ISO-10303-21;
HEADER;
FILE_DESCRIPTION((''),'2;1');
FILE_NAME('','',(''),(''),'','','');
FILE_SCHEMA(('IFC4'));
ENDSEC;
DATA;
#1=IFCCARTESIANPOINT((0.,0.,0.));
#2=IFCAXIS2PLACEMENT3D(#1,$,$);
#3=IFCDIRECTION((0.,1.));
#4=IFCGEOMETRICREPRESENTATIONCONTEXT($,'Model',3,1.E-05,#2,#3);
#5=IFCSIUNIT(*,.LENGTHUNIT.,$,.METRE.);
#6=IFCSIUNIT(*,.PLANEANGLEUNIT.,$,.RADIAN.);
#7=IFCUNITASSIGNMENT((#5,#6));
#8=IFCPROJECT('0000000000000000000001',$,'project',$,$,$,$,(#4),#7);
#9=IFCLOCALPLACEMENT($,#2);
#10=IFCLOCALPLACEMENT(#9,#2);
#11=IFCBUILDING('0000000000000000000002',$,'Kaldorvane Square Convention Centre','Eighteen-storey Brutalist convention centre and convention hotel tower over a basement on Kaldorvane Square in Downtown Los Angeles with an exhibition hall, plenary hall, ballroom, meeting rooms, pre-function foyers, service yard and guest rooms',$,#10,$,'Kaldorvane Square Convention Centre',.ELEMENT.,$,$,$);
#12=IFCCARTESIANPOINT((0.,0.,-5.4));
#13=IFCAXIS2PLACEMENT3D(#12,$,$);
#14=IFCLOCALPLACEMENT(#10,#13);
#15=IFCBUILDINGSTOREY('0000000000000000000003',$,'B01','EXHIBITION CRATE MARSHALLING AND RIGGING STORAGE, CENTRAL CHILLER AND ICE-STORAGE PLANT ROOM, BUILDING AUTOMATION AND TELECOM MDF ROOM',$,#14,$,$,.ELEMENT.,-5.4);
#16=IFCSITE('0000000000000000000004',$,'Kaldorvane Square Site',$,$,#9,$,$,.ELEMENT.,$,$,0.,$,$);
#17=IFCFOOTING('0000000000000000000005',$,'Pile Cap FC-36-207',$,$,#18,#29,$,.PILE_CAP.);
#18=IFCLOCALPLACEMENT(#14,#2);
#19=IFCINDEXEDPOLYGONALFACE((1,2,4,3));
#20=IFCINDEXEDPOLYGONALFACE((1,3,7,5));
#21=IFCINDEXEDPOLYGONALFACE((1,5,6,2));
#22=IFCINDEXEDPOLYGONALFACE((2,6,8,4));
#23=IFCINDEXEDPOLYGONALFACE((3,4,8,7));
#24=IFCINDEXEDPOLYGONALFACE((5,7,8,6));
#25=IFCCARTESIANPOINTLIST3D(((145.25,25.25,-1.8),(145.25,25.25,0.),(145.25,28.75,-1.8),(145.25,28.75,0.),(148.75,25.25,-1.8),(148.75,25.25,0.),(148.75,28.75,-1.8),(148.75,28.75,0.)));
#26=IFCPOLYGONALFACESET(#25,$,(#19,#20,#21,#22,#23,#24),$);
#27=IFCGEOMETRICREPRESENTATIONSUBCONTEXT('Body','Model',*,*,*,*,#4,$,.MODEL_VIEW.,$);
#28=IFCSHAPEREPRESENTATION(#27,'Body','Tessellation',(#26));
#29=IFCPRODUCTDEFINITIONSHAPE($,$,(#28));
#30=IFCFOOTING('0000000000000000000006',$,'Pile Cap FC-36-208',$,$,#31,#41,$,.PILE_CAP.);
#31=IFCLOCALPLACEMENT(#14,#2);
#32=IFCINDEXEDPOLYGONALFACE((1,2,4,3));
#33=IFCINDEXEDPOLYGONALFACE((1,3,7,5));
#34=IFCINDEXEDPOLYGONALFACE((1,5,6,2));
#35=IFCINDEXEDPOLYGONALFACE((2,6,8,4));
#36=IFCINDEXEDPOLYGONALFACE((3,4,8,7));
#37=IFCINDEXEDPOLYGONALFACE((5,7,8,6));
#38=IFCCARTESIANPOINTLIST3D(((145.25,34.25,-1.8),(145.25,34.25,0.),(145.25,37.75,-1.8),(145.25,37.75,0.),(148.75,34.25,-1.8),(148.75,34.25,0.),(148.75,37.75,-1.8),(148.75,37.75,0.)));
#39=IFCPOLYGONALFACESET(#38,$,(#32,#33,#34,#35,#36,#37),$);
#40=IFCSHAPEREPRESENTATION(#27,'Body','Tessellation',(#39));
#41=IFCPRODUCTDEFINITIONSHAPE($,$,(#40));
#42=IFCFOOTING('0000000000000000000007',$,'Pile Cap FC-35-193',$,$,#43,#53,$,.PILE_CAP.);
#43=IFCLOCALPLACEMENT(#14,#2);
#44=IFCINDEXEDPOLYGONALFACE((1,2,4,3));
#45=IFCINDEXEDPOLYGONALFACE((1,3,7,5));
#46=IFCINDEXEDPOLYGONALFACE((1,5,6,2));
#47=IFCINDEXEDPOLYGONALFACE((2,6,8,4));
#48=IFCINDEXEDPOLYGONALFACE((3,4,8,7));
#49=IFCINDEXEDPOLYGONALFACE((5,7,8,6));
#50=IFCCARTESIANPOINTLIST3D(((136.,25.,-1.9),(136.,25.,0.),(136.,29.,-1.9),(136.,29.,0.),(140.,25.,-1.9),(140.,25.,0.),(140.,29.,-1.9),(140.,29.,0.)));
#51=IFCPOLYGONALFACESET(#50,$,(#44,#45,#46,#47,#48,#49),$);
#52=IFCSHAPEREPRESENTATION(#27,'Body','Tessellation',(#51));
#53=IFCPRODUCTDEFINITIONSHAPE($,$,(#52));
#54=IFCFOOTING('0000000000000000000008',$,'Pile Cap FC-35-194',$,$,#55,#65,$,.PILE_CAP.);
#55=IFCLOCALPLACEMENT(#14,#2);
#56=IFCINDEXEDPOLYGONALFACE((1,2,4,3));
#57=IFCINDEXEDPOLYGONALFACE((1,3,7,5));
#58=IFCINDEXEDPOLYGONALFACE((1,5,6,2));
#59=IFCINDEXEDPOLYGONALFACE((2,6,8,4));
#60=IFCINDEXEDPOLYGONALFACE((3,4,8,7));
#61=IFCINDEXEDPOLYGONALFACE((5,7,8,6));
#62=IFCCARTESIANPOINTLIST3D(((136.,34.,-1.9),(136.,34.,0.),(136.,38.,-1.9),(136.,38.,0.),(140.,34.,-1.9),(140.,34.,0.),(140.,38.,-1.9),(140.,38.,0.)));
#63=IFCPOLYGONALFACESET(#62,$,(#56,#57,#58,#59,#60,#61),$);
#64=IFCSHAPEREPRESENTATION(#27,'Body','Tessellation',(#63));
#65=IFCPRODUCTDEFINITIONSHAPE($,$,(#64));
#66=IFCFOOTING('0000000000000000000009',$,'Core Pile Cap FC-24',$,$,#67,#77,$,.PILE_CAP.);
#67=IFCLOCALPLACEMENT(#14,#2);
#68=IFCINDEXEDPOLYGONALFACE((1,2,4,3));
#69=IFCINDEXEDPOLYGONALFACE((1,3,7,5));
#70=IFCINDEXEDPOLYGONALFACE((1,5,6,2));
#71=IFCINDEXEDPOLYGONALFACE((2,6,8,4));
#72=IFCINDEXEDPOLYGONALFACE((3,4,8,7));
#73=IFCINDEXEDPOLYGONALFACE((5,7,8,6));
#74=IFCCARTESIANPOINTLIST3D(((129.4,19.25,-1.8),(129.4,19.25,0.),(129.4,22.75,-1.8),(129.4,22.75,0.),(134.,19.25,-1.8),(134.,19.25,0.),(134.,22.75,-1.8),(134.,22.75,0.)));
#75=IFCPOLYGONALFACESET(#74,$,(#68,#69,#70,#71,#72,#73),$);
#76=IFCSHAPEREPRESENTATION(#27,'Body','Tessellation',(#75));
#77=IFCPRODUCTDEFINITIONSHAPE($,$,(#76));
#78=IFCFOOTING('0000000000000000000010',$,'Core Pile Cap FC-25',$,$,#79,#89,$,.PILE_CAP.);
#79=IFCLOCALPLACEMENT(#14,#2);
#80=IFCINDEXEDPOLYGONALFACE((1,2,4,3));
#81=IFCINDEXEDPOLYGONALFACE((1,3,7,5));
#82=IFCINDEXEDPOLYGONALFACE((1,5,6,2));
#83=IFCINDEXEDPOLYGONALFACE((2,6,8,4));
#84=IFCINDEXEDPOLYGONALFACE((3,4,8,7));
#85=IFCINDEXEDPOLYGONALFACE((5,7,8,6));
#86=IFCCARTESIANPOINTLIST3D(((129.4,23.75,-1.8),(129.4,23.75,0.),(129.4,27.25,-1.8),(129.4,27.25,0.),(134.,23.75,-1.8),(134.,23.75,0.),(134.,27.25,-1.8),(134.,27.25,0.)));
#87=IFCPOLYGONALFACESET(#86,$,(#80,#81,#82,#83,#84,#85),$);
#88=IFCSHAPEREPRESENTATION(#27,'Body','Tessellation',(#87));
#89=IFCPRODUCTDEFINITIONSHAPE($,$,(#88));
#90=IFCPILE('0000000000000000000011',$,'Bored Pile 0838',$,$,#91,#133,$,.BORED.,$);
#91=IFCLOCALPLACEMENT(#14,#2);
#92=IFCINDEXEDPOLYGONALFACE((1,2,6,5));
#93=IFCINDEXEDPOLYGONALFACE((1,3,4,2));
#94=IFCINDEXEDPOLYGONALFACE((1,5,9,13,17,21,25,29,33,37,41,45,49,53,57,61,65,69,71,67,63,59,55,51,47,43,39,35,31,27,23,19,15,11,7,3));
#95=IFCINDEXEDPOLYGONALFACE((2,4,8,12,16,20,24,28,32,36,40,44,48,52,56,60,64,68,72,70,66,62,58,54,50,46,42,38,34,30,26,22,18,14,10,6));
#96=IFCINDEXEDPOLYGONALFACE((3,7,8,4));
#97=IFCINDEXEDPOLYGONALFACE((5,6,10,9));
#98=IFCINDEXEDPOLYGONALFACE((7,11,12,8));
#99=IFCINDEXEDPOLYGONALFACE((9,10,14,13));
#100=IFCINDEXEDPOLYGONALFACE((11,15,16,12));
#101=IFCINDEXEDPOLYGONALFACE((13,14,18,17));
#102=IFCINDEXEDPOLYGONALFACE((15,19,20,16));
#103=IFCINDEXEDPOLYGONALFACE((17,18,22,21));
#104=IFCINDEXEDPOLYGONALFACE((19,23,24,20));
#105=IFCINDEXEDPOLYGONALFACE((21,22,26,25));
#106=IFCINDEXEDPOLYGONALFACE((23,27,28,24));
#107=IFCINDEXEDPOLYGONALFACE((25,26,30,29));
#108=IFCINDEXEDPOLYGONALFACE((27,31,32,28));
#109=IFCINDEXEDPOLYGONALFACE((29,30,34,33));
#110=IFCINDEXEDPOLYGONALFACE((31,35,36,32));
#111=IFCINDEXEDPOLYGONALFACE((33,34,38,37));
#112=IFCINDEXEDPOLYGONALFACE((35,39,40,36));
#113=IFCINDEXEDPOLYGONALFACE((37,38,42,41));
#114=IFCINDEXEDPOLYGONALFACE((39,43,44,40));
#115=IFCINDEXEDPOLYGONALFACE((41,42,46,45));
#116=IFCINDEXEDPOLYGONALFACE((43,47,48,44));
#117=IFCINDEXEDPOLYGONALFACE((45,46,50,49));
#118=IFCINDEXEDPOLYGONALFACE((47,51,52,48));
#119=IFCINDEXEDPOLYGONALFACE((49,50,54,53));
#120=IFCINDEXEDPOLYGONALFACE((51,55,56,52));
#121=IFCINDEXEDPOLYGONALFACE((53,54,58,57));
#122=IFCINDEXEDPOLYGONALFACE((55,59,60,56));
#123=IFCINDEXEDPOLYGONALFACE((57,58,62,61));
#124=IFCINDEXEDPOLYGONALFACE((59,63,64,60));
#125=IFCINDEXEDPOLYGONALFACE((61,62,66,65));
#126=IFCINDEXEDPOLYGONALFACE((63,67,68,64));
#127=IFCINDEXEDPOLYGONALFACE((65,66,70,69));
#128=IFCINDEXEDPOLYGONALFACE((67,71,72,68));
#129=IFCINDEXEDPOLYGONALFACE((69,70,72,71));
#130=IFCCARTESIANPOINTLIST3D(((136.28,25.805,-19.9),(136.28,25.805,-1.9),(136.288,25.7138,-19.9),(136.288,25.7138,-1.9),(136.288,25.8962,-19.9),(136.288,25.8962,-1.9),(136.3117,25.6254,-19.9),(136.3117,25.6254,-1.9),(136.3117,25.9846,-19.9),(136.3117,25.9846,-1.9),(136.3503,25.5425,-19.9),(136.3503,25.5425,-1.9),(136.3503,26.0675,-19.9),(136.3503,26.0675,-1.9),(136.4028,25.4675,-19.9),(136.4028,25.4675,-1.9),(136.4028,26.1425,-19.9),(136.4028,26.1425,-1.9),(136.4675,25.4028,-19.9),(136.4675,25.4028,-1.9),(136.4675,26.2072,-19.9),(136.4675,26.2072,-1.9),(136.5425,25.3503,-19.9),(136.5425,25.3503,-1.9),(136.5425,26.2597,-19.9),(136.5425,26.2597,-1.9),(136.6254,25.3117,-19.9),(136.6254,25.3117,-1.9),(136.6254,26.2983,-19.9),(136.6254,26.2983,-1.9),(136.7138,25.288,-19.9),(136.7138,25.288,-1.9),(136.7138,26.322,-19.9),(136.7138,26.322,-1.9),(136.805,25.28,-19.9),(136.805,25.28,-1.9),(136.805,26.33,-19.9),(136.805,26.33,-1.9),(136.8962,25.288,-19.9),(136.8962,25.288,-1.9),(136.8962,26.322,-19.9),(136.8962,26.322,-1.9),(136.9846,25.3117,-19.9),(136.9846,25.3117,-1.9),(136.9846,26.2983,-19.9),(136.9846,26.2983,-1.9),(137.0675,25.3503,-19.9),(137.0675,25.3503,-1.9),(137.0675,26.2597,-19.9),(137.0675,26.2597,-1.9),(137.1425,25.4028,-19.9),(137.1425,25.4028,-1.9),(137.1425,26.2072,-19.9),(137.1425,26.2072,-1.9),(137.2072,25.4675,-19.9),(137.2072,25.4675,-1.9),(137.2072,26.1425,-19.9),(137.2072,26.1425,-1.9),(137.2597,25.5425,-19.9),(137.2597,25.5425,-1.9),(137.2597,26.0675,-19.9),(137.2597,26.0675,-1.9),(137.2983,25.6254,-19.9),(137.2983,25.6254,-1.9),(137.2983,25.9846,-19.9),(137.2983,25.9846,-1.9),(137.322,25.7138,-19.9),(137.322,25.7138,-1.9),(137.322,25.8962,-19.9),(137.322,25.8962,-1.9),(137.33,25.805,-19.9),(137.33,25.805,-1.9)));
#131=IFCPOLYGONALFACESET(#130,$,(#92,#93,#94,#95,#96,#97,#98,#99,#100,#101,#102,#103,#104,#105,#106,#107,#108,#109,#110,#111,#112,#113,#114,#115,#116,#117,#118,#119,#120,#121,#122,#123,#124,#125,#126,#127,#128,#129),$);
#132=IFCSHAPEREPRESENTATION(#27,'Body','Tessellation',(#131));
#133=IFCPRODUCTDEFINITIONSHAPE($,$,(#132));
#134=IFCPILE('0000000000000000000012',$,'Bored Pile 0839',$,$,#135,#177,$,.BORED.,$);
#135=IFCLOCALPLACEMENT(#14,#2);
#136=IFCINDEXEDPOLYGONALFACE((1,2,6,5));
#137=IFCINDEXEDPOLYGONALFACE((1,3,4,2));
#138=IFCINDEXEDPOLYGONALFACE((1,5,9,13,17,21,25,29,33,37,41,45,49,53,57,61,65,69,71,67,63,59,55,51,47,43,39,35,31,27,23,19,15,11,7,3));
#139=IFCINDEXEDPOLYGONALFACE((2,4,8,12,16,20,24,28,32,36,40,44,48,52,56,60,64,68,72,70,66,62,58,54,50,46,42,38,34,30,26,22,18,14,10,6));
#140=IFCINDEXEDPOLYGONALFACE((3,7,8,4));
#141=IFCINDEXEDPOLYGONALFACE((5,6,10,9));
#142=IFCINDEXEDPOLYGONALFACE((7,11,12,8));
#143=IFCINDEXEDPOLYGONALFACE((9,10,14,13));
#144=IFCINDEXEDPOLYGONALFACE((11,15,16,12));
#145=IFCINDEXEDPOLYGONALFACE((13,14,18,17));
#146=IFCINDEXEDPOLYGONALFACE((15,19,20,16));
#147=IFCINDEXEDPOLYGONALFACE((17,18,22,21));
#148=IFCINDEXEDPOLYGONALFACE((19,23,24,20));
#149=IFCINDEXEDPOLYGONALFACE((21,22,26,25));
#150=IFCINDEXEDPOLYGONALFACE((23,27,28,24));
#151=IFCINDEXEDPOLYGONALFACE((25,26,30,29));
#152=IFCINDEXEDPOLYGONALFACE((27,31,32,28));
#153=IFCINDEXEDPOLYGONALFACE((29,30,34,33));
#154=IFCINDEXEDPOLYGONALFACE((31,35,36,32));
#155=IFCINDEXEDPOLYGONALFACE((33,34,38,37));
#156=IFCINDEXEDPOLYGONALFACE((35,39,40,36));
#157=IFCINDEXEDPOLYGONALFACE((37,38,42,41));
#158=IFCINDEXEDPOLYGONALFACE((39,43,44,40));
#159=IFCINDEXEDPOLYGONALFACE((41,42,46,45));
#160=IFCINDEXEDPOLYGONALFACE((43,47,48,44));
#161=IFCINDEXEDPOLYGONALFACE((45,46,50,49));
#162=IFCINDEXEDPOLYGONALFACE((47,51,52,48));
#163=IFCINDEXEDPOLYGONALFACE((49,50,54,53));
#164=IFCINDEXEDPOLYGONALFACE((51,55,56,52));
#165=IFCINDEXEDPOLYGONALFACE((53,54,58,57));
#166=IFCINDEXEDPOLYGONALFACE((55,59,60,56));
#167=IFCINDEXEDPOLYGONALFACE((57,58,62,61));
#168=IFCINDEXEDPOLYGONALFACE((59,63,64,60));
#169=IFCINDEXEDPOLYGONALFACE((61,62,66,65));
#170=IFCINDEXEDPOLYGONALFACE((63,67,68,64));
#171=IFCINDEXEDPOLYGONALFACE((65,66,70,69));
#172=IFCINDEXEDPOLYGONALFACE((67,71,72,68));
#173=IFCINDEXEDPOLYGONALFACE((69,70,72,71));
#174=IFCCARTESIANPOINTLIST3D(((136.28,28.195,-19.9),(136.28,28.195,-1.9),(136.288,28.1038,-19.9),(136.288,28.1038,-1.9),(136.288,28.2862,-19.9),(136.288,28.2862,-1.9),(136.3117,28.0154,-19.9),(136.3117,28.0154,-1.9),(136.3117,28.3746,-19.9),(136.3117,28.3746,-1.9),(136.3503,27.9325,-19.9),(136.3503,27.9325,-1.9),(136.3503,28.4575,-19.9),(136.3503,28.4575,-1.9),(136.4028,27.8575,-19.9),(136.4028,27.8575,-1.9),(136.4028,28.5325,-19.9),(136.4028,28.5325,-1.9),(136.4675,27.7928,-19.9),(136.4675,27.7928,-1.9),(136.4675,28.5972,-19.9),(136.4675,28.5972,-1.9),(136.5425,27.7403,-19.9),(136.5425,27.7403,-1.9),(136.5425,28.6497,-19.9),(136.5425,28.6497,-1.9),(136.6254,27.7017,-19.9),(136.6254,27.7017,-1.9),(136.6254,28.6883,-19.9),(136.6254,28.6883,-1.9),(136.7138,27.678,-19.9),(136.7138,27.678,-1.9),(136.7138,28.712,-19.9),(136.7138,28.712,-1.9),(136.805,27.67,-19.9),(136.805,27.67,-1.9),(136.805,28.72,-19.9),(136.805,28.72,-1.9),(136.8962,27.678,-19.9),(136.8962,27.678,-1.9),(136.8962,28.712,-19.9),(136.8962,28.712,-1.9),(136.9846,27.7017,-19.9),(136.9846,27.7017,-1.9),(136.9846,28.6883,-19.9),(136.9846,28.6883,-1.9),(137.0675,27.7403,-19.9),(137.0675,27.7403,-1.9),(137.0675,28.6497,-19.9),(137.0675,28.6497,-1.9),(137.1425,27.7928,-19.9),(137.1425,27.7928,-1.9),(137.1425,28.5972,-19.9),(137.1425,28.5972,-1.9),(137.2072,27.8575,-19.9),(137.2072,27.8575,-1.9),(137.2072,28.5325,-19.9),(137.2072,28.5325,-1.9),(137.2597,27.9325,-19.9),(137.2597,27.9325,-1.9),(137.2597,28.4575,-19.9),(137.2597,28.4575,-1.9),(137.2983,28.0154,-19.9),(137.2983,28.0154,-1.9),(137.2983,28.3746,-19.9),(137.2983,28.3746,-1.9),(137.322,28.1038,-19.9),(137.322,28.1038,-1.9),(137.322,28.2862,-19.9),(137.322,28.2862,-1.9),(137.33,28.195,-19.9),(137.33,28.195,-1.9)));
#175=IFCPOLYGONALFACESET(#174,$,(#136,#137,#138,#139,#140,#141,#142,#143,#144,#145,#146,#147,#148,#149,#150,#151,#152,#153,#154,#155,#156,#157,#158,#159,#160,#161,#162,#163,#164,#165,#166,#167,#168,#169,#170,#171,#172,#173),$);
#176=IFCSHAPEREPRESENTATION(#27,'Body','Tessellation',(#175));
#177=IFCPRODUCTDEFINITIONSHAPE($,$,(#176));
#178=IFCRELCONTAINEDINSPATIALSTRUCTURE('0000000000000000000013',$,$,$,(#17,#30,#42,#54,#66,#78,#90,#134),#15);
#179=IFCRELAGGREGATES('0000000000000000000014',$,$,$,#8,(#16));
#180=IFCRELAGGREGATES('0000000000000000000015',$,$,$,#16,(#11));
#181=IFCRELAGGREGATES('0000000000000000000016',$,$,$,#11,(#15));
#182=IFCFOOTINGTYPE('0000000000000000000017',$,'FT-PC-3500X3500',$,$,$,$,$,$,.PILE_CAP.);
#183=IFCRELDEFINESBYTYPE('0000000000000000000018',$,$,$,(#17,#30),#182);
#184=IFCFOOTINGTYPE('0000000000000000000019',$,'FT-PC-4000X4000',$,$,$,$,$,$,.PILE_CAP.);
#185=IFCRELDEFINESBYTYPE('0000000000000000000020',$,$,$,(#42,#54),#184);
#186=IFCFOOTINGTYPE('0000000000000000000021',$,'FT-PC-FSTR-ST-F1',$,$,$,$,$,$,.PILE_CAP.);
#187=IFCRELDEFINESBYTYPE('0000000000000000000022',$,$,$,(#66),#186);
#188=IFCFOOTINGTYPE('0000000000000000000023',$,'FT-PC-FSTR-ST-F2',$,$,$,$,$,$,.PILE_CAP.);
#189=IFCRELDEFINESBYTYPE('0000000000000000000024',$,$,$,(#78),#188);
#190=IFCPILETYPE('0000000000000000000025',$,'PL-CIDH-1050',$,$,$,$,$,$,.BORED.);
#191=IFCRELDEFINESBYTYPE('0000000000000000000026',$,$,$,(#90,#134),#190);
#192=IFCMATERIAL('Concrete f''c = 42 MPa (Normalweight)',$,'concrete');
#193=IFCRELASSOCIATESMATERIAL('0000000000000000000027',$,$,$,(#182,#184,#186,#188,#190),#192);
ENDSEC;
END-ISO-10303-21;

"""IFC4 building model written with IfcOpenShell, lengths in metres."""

from ifc_helpers import new_model, si_unit, direction, frame, origin, origin_2d, place, context, subcontext, project, spatial, rectangle, circle, extrude, material, material_profile, profile_set, type_object, element, save


model = new_model("IFC4")

# Units and contexts
model_context = context("Model", 3, precision=1e-05, world=origin(), true_north=direction((0.0, 1.0)))
body_context = subcontext(model_context, "Body", "Model", "MODEL_VIEW")
ifc_project = project(units=[si_unit("LENGTHUNIT", "METRE"), si_unit("PLANEANGLEUNIT", "RADIAN")], contexts=[model_context])

# Site, building, storey
site_placement = place(None, origin())
site = spatial("IfcSite", under=ifc_project, at=site_placement, Name="Kaldorvane Square Site", CompositionType="ELEMENT", RefElevation=0.0)
building_placement = place(site_placement, origin())
building = spatial("IfcBuilding", under=site, at=building_placement, Name="Kaldorvane Square Convention Centre", Description="Eighteen-storey Brutalist convention centre and convention hotel tower over a basement on Kaldorvane Square in Downtown Los Angeles with an exhibition hall, plenary hall, ballroom, meeting rooms, pre-function foyers, service yard and guest rooms", LongName="Kaldorvane Square Convention Centre", CompositionType="ELEMENT")
storey_placement = place(building_placement, frame((0.0, 0.0, -5.4)))
storey = spatial("IfcBuildingStorey", under=building, at=storey_placement, Name="B01", Description="EXHIBITION CRATE MARSHALLING AND RIGGING STORAGE, CENTRAL CHILLER AND ICE-STORAGE PLANT ROOM, BUILDING AUTOMATION AND TELECOM MDF ROOM", CompositionType="ELEMENT", Elevation=-5.4)

# Footings
ifc_material_1 = material(Name="Concrete f'c = 42 MPa (Normalweight)", Category="concrete")
footing_type_1 = type_object("IfcFootingType", Name="FT-PC-3500X3500", PredefinedType="PILE_CAP", material=ifc_material_1)
for number, where, z_axis, x_axis, name in (
    (1, (147.0, 27.0, -1.8), (0.0, 0.0, 1.0), (1.0, 0.0, 0.0), "Pile Cap FC-36-207"),
    (2, (147.0, 36.0, -1.8), (0.0, 0.0, 1.0), (1.0, 0.0, 0.0), "Pile Cap FC-36-208"),
):
    element("IfcFooting", number, at=place(storey_placement, frame(where, z_axis=z_axis, x_axis=x_axis)), inside=storey, type_object=footing_type_1, Name=name, PredefinedType="PILE_CAP", context=body_context, shape_type="SweptSolid", body=[
        extrude(rectangle(XDim=3.5, YDim=3.5, at=origin_2d()), origin(), (0.0, 0.0, 1.0), 1.8),
    ])
footing_type_2 = type_object("IfcFootingType", Name="FT-PC-4000X4000", PredefinedType="PILE_CAP", material=ifc_material_1)
for number, where, z_axis, x_axis, name in (
    (3, (138.0, 27.0, -1.9), (0.0, 0.0, 1.0), (1.0, 0.0, 0.0), "Pile Cap FC-35-193"),
    (4, (138.0, 36.0, -1.9), (0.0, 0.0, 1.0), (1.0, 0.0, 0.0), "Pile Cap FC-35-194"),
):
    element("IfcFooting", number, at=place(storey_placement, frame(where, z_axis=z_axis, x_axis=x_axis)), inside=storey, type_object=footing_type_2, Name=name, PredefinedType="PILE_CAP", context=body_context, shape_type="SweptSolid", body=[
        extrude(rectangle(XDim=4.0, YDim=4.0, at=origin_2d()), origin(), (0.0, 0.0, 1.0), 1.9),
    ])
footing_type_3 = type_object("IfcFootingType", Name="FT-PC-FSTR-ST-F1", PredefinedType="PILE_CAP", material=ifc_material_1)
footing_1_placement = place(storey_placement, frame((131.7, 21.0, -1.8), z_axis=(0.0, 0.0, 1.0), x_axis=(1.0, 0.0, 0.0)))
element("IfcFooting", 5, at=footing_1_placement, inside=storey, type_object=footing_type_3, Name="Core Pile Cap FC-24", PredefinedType="PILE_CAP", context=body_context, shape_type="SweptSolid", body=[
    extrude(rectangle(XDim=4.6, YDim=3.5, at=origin_2d()), origin(), (0.0, 0.0, 1.0), 1.8),
])
footing_type_4 = type_object("IfcFootingType", Name="FT-PC-FSTR-ST-F2", PredefinedType="PILE_CAP", material=ifc_material_1)
footing_2_placement = place(storey_placement, frame((131.7, 25.5, -1.8), z_axis=(0.0, 0.0, 1.0), x_axis=(1.0, 0.0, 0.0)))
element("IfcFooting", 6, at=footing_2_placement, inside=storey, type_object=footing_type_4, Name="Core Pile Cap FC-25", PredefinedType="PILE_CAP", context=body_context, shape_type="SweptSolid", body=[
    extrude(rectangle(XDim=4.6, YDim=3.5, at=origin_2d()), origin(), (0.0, 0.0, 1.0), 1.8),
])

# Piles
ifc_material_profile_1 = material_profile(ifc_material_1, circle(Radius=0.525, at=origin_2d()), Name="PILE-D1050")
ifc_profile_set_1 = profile_set([ifc_material_profile_1], Name="Concrete f'c = 42 MPa (Normalweight)")
pile_type_1 = type_object("IfcPileType", Name="PL-CIDH-1050", PredefinedType="BORED", material=ifc_profile_set_1)
for number, where, z_axis, x_axis, name in (
    (7, (136.805, 25.805, -1.9), (0.0, 0.0, -1.0), (1.0, 0.0, 0.0), "Bored Pile 0838"),
    (8, (136.805, 28.195, -1.9), (0.0, 0.0, -1.0), (1.0, 0.0, 0.0), "Bored Pile 0839"),
):
    element("IfcPile", number, at=place(storey_placement, frame(where, z_axis=z_axis, x_axis=x_axis)), inside=storey, type_object=pile_type_1, Name=name, PredefinedType="BORED", context=body_context, shape_type="SweptSolid", body=[
        extrude(circle(Radius=0.525, at=origin_2d()), origin(), (0.0, 0.0, 1.0), 18.0),
    ])

save(model, "model.ifc")
